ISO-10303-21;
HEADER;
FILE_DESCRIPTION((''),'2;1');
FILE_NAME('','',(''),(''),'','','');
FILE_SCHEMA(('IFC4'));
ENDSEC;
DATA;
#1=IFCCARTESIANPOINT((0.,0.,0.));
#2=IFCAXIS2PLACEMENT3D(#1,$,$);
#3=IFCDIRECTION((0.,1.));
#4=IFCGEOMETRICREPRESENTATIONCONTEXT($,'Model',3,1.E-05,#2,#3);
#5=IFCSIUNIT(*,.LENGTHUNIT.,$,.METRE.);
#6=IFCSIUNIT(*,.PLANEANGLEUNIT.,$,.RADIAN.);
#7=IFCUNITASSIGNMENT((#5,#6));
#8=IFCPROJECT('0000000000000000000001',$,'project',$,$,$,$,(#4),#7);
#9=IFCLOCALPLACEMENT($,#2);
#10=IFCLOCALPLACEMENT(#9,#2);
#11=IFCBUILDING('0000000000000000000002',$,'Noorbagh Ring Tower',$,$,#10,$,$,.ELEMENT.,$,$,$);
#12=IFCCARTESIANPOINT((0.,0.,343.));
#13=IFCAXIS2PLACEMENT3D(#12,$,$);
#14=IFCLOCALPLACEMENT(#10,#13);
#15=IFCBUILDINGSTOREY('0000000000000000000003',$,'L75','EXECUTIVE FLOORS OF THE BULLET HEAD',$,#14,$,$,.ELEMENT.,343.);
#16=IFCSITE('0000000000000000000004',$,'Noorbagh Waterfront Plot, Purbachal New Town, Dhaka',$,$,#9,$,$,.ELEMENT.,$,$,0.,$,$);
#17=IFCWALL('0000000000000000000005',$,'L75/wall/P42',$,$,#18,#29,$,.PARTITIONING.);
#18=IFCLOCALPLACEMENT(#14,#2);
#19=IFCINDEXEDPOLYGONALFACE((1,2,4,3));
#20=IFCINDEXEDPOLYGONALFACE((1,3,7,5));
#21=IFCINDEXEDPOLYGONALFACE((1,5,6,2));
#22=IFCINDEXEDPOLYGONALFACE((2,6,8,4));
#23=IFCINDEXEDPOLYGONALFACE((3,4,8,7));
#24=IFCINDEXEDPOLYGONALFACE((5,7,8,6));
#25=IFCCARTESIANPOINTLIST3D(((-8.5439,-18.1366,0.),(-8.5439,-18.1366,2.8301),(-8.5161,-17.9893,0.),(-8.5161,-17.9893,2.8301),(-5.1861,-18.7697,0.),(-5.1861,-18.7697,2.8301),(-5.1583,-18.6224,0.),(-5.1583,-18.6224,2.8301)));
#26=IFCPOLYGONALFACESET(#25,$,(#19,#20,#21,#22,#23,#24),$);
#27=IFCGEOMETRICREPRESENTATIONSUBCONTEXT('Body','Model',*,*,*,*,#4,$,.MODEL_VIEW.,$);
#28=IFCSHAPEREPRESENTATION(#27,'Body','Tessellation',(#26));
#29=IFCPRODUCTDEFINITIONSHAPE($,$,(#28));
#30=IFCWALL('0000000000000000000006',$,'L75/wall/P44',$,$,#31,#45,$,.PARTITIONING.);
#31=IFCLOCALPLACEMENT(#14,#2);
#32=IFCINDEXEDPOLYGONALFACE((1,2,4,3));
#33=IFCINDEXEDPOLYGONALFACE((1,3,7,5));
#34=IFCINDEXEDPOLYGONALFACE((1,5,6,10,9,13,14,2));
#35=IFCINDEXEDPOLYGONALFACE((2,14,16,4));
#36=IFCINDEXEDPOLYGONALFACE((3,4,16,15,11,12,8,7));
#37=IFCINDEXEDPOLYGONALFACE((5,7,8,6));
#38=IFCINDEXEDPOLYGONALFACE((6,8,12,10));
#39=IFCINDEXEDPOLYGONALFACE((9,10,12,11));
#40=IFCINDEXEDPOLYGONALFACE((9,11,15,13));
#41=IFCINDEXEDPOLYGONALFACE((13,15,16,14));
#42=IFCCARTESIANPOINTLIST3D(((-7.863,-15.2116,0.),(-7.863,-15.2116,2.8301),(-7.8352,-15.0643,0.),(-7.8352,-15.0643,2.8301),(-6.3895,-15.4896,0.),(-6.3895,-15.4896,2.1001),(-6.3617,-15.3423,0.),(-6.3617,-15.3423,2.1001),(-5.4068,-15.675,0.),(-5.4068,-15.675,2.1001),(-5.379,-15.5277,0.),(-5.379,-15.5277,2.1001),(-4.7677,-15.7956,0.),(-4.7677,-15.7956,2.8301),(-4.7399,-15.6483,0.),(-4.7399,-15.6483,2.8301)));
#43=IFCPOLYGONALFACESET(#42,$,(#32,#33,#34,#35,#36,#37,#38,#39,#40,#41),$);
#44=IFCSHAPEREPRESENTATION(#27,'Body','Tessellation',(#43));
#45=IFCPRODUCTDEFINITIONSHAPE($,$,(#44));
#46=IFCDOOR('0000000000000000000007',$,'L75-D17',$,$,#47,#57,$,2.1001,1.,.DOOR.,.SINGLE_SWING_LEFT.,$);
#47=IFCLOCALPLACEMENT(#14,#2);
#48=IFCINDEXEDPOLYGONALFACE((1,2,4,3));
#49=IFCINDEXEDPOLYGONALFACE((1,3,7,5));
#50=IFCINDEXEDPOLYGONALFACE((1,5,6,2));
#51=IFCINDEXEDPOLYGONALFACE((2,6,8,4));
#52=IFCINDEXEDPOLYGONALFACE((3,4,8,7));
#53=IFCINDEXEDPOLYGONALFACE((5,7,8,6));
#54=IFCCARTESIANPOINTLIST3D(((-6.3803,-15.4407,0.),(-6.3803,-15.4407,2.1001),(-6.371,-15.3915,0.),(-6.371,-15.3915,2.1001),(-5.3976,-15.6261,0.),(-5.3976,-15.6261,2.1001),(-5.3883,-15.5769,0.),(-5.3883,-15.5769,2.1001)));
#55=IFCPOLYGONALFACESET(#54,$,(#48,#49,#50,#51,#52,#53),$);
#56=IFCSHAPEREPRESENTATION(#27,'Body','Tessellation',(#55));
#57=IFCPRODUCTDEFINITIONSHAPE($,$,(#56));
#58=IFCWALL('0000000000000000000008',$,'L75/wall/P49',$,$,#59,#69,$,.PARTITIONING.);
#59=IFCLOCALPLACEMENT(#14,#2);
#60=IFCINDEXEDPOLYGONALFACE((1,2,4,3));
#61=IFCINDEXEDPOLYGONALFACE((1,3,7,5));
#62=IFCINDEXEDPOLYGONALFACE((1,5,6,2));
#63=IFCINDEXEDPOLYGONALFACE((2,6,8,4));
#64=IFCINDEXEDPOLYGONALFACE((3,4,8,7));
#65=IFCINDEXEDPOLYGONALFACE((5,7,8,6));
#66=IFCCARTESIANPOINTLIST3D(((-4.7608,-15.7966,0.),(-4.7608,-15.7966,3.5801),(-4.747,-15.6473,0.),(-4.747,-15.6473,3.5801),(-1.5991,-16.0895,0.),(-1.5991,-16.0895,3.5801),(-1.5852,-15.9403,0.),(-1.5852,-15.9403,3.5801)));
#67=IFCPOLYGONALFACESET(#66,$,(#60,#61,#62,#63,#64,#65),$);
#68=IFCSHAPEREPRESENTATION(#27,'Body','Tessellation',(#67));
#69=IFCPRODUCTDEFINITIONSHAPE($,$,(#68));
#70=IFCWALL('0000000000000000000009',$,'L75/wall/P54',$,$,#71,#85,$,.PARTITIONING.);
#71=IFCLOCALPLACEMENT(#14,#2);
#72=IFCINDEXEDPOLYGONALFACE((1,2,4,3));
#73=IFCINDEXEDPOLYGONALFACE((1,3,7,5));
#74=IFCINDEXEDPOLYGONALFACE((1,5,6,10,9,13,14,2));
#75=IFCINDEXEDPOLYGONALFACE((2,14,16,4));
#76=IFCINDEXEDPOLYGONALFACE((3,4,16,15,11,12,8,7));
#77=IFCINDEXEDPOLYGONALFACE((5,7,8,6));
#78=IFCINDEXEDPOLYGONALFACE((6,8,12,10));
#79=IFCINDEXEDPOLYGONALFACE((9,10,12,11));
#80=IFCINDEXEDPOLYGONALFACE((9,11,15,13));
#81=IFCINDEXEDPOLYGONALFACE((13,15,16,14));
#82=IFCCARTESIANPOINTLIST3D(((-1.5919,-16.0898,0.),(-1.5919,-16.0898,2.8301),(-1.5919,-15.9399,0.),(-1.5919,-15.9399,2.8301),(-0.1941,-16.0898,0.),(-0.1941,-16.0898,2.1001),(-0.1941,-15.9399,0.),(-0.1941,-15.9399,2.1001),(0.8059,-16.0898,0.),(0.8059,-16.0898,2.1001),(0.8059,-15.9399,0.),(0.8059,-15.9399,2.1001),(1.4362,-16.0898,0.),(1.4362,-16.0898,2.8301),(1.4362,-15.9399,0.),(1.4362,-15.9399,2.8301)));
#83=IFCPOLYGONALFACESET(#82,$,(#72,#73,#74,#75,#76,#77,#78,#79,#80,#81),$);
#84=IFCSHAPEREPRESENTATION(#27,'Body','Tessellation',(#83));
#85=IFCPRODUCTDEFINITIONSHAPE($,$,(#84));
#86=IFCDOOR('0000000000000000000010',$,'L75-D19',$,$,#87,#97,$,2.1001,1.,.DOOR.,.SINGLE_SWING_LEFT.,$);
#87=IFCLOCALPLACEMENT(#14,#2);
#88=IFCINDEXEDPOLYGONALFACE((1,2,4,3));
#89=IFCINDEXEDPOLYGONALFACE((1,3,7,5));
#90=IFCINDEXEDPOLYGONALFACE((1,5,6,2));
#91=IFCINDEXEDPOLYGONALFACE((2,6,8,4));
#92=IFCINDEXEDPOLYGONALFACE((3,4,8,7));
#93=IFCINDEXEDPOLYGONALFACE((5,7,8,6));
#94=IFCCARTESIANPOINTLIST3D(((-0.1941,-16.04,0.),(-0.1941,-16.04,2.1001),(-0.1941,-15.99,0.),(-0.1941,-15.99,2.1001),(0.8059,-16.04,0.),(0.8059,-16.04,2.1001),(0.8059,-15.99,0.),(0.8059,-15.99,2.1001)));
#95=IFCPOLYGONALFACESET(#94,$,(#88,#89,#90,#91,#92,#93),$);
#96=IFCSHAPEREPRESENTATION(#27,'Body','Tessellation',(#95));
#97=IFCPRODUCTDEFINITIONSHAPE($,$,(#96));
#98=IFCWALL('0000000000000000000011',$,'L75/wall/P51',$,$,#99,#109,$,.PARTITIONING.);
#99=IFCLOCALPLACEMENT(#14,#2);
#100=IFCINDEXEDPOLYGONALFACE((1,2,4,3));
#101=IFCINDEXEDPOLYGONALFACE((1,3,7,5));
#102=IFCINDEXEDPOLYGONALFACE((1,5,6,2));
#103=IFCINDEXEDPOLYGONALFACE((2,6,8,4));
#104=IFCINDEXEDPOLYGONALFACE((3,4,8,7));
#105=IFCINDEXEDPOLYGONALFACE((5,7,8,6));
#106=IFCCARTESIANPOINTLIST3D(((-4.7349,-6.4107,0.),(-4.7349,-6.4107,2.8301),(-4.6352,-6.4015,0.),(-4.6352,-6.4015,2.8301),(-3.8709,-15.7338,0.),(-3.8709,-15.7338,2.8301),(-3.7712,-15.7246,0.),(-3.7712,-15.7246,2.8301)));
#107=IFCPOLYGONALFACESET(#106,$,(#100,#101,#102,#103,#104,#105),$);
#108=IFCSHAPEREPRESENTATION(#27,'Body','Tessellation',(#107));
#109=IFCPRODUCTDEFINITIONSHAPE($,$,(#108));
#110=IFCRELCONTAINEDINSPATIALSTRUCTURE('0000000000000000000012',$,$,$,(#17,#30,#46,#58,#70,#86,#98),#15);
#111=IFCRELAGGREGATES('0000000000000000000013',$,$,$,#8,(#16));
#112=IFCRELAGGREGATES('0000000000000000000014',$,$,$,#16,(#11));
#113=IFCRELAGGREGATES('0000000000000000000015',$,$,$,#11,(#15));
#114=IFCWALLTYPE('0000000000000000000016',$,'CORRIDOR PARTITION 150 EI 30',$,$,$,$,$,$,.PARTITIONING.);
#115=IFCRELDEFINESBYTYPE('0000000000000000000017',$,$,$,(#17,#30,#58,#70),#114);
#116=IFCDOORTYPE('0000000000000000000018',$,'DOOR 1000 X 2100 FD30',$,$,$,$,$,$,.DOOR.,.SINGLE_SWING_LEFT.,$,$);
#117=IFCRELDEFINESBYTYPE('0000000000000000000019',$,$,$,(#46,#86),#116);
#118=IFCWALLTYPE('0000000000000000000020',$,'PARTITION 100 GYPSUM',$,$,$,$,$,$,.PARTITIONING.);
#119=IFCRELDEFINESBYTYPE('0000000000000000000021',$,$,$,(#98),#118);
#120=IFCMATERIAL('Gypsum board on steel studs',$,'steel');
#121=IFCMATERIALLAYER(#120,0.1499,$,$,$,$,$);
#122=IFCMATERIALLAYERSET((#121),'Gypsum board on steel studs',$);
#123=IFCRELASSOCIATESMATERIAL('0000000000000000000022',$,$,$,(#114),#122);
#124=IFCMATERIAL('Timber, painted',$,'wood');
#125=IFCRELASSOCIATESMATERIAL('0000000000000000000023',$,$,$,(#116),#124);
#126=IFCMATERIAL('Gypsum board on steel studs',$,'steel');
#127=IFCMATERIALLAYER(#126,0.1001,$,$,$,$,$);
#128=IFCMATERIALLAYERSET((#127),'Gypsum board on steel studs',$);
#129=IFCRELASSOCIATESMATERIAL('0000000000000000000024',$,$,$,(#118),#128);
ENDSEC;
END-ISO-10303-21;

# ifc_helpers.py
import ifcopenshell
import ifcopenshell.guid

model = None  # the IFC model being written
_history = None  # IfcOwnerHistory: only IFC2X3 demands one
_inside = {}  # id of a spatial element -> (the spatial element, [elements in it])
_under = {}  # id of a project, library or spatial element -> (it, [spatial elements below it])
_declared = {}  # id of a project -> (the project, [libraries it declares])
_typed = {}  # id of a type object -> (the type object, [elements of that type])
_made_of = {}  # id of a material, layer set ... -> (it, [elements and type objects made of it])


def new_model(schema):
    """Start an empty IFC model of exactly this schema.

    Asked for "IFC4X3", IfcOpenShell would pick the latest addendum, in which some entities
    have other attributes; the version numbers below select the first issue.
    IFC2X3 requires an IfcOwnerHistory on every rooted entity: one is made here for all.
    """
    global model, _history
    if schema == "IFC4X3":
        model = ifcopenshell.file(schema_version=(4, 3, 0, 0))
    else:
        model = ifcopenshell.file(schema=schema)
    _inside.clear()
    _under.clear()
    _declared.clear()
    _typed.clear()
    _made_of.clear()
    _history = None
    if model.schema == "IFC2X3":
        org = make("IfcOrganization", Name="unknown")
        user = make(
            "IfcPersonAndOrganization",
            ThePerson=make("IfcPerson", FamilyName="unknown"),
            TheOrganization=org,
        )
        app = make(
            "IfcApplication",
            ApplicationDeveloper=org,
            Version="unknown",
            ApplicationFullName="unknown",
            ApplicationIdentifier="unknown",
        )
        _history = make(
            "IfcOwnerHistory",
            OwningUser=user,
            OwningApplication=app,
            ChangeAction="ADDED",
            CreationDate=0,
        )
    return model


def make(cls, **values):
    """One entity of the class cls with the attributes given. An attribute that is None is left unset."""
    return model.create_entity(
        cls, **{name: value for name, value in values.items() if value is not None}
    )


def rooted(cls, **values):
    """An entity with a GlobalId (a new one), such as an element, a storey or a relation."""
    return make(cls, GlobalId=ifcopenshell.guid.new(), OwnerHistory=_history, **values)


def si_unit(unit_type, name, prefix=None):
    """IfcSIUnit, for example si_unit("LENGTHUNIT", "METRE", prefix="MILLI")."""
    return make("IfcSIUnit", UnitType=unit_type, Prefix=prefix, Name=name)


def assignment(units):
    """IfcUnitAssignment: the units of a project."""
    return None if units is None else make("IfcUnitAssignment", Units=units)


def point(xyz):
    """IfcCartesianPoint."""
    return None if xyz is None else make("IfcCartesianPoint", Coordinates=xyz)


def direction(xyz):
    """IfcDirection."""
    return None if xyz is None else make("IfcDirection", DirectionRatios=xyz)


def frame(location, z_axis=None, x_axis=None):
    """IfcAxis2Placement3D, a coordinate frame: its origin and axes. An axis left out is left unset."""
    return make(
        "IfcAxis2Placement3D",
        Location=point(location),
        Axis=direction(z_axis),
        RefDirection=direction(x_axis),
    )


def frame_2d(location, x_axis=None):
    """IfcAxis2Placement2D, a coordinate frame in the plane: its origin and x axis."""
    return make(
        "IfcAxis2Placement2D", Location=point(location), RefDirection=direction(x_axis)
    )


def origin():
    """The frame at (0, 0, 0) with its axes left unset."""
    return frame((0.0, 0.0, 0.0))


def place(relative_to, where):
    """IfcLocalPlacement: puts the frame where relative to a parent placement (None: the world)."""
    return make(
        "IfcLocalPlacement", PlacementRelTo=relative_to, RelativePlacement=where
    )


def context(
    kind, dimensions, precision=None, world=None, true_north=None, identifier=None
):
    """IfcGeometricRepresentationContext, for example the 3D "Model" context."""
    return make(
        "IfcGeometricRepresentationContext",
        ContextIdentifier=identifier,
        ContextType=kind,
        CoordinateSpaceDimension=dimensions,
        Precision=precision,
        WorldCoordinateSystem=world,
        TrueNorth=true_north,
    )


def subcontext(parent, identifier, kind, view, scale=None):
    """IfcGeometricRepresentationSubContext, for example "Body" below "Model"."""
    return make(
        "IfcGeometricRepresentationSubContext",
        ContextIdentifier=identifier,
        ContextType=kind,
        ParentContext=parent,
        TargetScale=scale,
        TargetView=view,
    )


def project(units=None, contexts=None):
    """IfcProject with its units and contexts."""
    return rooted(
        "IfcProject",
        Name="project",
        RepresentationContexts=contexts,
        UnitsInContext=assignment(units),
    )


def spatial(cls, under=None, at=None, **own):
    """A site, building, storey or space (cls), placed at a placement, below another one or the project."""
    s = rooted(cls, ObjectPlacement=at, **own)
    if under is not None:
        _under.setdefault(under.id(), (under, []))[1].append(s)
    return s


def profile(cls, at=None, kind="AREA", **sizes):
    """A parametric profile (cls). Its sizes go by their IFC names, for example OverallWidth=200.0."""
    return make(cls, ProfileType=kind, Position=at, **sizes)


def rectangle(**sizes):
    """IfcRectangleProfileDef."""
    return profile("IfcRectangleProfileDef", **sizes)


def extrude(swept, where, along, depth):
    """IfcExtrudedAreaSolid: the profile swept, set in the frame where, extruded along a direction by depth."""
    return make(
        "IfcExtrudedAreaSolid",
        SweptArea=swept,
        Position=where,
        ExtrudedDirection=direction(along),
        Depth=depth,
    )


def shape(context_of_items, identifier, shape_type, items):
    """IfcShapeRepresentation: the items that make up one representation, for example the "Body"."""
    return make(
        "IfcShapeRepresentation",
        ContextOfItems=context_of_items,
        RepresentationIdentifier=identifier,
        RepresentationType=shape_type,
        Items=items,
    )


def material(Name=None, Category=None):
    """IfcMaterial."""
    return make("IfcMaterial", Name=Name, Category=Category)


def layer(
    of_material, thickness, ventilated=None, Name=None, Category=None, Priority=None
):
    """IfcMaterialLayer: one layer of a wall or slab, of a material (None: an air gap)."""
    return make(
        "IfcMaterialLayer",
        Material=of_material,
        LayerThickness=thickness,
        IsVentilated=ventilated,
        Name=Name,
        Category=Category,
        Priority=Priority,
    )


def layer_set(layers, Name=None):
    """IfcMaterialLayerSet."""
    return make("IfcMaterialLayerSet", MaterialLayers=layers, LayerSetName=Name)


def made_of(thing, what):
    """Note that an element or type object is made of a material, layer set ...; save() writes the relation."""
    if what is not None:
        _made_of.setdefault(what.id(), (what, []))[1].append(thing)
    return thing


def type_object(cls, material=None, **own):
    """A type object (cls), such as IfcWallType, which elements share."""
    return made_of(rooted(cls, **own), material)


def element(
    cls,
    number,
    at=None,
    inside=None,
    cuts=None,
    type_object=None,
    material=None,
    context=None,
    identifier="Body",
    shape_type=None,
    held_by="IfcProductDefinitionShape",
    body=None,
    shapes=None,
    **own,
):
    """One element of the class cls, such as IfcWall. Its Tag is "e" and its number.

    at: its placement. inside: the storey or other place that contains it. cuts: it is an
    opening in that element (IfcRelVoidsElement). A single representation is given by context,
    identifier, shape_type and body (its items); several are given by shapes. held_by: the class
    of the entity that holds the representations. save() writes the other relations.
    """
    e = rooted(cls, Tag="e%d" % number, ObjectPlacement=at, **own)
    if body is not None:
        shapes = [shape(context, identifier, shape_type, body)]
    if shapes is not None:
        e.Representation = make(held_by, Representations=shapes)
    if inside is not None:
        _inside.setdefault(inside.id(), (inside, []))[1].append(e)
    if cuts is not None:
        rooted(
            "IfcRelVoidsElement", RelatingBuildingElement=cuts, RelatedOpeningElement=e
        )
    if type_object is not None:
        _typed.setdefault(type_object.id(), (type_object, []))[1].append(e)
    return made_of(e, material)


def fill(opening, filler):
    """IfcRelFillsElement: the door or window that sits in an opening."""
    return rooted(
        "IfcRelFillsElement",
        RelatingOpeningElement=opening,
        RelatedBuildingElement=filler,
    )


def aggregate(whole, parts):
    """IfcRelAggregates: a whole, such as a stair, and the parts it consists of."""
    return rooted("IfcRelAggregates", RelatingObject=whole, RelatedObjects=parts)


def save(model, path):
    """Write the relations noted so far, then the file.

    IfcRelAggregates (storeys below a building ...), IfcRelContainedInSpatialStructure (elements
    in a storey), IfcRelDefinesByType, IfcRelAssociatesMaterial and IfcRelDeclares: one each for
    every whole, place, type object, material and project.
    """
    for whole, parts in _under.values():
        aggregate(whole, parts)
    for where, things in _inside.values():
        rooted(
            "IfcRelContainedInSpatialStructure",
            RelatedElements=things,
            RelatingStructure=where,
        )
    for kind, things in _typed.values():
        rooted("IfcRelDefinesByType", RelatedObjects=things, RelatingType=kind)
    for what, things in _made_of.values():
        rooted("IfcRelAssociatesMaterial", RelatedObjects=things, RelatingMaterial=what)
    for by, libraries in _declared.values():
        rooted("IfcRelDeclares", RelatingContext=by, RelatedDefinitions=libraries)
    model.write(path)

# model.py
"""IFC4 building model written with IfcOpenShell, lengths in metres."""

from ifc_helpers import new_model, si_unit, direction, frame, frame_2d, origin, place, context, subcontext, project, spatial, rectangle, extrude, material, layer, layer_set, type_object, element, fill, save


model = new_model("IFC4")

# Units and contexts
model_context = context("Model", 3, precision=1e-05, world=origin(), true_north=direction((0.0, 1.0)))
body_context = subcontext(model_context, "Body", "Model", "MODEL_VIEW")
ifc_project = project(units=[si_unit("LENGTHUNIT", "METRE"), si_unit("PLANEANGLEUNIT", "RADIAN")], contexts=[model_context])

# Site, building, storey
site_placement = place(None, origin())
site = spatial("IfcSite", under=ifc_project, at=site_placement, Name="Noorbagh Waterfront Plot, Purbachal New Town, Dhaka", CompositionType="ELEMENT", RefElevation=0.0)
building_placement = place(site_placement, origin())
building = spatial("IfcBuilding", under=site, at=building_placement, Name="Noorbagh Ring Tower", CompositionType="ELEMENT")
storey_placement = place(building_placement, frame((0.0, 0.0, 343.0)))
storey = spatial("IfcBuildingStorey", under=building, at=storey_placement, Name="L75", Description="EXECUTIVE FLOORS OF THE BULLET HEAD", CompositionType="ELEMENT", Elevation=343.0)

# Shared definitions
ifc_material_1 = material(Name="Gypsum board on steel studs", Category="steel")
ifc_layer_1 = layer(ifc_material_1, 0.1499)
ifc_layer_set_1 = layer_set([ifc_layer_1], Name="Gypsum board on steel studs")
wall_type_1 = type_object("IfcWallType", Name="CORRIDOR PARTITION 150 EI 30", PredefinedType="PARTITIONING", material=ifc_layer_set_1)

# Shared definitions
ifc_material_2 = material(Name="Timber, painted", Category="wood")
door_type_1 = type_object("IfcDoorType", Name="DOOR 1000 X 2100 FD30", OperationType="SINGLE_SWING_LEFT", PredefinedType="DOOR", material=ifc_material_2)

# Wall
wall_1_placement = place(storey_placement, frame((-8.53, -18.063, 0.0), z_axis=(0.0, 0.0, 1.0), x_axis=(0.982689, -0.185263, 0.0)))
element("IfcWall", 1, at=wall_1_placement, inside=storey, type_object=wall_type_1, Name="L75/wall/P42", PredefinedType="PARTITIONING", context=body_context, shape_type="SweptSolid", body=[
    extrude(rectangle(XDim=3.417, YDim=0.1499, at=frame_2d((1.7085, 0.0))), origin(), (0.0, 0.0, 1.0), 2.8301),
])

# Wall, opening, door
wall_2_placement = place(storey_placement, frame((-7.8491, -15.1379, 0.0), z_axis=(0.0, 0.0, 1.0), x_axis=(0.982663, -0.185402, 0.0)))
wall_2 = element("IfcWall", 2, at=wall_2_placement, inside=storey, type_object=wall_type_1, Name="L75/wall/P44", PredefinedType="PARTITIONING", context=body_context, shape_type="SweptSolid", body=[
    extrude(rectangle(XDim=3.1499, YDim=0.1499, at=frame_2d((1.575, 0.0))), origin(), (0.0, 0.0, 1.0), 2.8301),
])
opening_1_placement = place(wall_2_placement, frame((1.4995, 0.0, 0.0)))
opening_1 = element("IfcOpeningElement", 3, at=opening_1_placement, cuts=wall_2, PredefinedType="OPENING", context=body_context, shape_type="SweptSolid", body=[
    extrude(rectangle(XDim=1.0, YDim=2.1001, at=frame_2d((0.5, 1.05))), frame((0.0, 0.085, 0.0), z_axis=(0.0, -1.0, 0.0), x_axis=(1.0, 0.0, 0.0)), (0.0, 0.0, 1.0), 0.1699),
])
door_1_placement = place(opening_1_placement, origin())
door_1 = element("IfcDoor", 4, at=door_1_placement, inside=storey, type_object=door_type_1, Name="L75-D17", OperationType="SINGLE_SWING_LEFT", OverallHeight=2.1001, OverallWidth=1.0, PredefinedType="DOOR", context=body_context, shape_type="SweptSolid", body=[
    extrude(rectangle(XDim=1.0, YDim=2.1001, at=frame_2d((0.5, 1.05))), frame((0.0, 0.0249, 0.0), z_axis=(0.0, -1.0, 0.0), x_axis=(1.0, 0.0, 0.0)), (0.0, 0.0, 1.0), 0.05),
])
fill(opening_1, door_1)

# Wall
wall_3_placement = place(storey_placement, frame((-4.7539, -15.7219, 0.0), z_axis=(0.0, 0.0, 1.0), x_axis=(0.995735, -0.092262, 0.0)))
element("IfcWall", 5, at=wall_3_placement, inside=storey, type_object=wall_type_1, Name="L75/wall/P49", PredefinedType="PARTITIONING", context=body_context, shape_type="SweptSolid", body=[
    extrude(rectangle(XDim=3.1753, YDim=0.1499, at=frame_2d((1.5876, 0.0))), origin(), (0.0, 0.0, 1.0), 3.5801),
])

# Wall, opening, door
wall_4_placement = place(storey_placement, frame((-1.592, -16.0149, 0.0), z_axis=(0.0, 0.0, 1.0), x_axis=(1.0, 0.0, 0.0)))
wall_4 = element("IfcWall", 6, at=wall_4_placement, inside=storey, type_object=wall_type_1, Name="L75/wall/P54", PredefinedType="PARTITIONING", context=body_context, shape_type="SweptSolid", body=[
    extrude(rectangle(XDim=3.0281, YDim=0.1499, at=frame_2d((1.5142, 0.0))), origin(), (0.0, 0.0, 1.0), 2.8301),
])
opening_2_placement = place(wall_4_placement, frame((1.3979, 0.0, 0.0)))
opening_2 = element("IfcOpeningElement", 7, at=opening_2_placement, cuts=wall_4, PredefinedType="OPENING", context=body_context, shape_type="SweptSolid", body=[
    extrude(rectangle(XDim=1.0, YDim=2.1001, at=frame_2d((0.5, 1.05))), frame((0.0, 0.085, 0.0), z_axis=(0.0, -1.0, 0.0), x_axis=(1.0, 0.0, 0.0)), (0.0, 0.0, 1.0), 0.1699),
])
door_2_placement = place(opening_2_placement, origin())
door_2 = element("IfcDoor", 8, at=door_2_placement, inside=storey, type_object=door_type_1, Name="L75-D19", OperationType="SINGLE_SWING_LEFT", OverallHeight=2.1001, OverallWidth=1.0, PredefinedType="DOOR", context=body_context, shape_type="SweptSolid", body=[
    extrude(rectangle(XDim=1.0, YDim=2.1001, at=frame_2d((0.5, 1.05))), frame((0.0, 0.0249, 0.0), z_axis=(0.0, -1.0, 0.0), x_axis=(1.0, 0.0, 0.0)), (0.0, 0.0, 1.0), 0.05),
])
fill(opening_2, door_2)

# Wall
ifc_material_3 = material(Name="Gypsum board on steel studs", Category="steel")
ifc_layer_2 = layer(ifc_material_3, 0.1001)
ifc_layer_set_2 = layer_set([ifc_layer_2], Name="Gypsum board on steel studs")
wall_type_2 = type_object("IfcWallType", Name="PARTITION 100 GYPSUM", PredefinedType="PARTITIONING", material=ifc_layer_set_2)
wall_5_placement = place(storey_placement, frame((-4.6851, -6.406, 0.0), z_axis=(0.0, 0.0, 1.0), x_axis=(0.09228, -0.995733, 0.0)))
element("IfcWall", 9, at=wall_5_placement, inside=storey, type_object=wall_type_2, Name="L75/wall/P51", PredefinedType="PARTITIONING", context=body_context, shape_type="SweptSolid", body=[
    extrude(rectangle(XDim=9.363, YDim=0.1001, at=frame_2d((4.6816, 0.0))), origin(), (0.0, 0.0, 1.0), 2.8301),
])

save(model, "model.ifc")
